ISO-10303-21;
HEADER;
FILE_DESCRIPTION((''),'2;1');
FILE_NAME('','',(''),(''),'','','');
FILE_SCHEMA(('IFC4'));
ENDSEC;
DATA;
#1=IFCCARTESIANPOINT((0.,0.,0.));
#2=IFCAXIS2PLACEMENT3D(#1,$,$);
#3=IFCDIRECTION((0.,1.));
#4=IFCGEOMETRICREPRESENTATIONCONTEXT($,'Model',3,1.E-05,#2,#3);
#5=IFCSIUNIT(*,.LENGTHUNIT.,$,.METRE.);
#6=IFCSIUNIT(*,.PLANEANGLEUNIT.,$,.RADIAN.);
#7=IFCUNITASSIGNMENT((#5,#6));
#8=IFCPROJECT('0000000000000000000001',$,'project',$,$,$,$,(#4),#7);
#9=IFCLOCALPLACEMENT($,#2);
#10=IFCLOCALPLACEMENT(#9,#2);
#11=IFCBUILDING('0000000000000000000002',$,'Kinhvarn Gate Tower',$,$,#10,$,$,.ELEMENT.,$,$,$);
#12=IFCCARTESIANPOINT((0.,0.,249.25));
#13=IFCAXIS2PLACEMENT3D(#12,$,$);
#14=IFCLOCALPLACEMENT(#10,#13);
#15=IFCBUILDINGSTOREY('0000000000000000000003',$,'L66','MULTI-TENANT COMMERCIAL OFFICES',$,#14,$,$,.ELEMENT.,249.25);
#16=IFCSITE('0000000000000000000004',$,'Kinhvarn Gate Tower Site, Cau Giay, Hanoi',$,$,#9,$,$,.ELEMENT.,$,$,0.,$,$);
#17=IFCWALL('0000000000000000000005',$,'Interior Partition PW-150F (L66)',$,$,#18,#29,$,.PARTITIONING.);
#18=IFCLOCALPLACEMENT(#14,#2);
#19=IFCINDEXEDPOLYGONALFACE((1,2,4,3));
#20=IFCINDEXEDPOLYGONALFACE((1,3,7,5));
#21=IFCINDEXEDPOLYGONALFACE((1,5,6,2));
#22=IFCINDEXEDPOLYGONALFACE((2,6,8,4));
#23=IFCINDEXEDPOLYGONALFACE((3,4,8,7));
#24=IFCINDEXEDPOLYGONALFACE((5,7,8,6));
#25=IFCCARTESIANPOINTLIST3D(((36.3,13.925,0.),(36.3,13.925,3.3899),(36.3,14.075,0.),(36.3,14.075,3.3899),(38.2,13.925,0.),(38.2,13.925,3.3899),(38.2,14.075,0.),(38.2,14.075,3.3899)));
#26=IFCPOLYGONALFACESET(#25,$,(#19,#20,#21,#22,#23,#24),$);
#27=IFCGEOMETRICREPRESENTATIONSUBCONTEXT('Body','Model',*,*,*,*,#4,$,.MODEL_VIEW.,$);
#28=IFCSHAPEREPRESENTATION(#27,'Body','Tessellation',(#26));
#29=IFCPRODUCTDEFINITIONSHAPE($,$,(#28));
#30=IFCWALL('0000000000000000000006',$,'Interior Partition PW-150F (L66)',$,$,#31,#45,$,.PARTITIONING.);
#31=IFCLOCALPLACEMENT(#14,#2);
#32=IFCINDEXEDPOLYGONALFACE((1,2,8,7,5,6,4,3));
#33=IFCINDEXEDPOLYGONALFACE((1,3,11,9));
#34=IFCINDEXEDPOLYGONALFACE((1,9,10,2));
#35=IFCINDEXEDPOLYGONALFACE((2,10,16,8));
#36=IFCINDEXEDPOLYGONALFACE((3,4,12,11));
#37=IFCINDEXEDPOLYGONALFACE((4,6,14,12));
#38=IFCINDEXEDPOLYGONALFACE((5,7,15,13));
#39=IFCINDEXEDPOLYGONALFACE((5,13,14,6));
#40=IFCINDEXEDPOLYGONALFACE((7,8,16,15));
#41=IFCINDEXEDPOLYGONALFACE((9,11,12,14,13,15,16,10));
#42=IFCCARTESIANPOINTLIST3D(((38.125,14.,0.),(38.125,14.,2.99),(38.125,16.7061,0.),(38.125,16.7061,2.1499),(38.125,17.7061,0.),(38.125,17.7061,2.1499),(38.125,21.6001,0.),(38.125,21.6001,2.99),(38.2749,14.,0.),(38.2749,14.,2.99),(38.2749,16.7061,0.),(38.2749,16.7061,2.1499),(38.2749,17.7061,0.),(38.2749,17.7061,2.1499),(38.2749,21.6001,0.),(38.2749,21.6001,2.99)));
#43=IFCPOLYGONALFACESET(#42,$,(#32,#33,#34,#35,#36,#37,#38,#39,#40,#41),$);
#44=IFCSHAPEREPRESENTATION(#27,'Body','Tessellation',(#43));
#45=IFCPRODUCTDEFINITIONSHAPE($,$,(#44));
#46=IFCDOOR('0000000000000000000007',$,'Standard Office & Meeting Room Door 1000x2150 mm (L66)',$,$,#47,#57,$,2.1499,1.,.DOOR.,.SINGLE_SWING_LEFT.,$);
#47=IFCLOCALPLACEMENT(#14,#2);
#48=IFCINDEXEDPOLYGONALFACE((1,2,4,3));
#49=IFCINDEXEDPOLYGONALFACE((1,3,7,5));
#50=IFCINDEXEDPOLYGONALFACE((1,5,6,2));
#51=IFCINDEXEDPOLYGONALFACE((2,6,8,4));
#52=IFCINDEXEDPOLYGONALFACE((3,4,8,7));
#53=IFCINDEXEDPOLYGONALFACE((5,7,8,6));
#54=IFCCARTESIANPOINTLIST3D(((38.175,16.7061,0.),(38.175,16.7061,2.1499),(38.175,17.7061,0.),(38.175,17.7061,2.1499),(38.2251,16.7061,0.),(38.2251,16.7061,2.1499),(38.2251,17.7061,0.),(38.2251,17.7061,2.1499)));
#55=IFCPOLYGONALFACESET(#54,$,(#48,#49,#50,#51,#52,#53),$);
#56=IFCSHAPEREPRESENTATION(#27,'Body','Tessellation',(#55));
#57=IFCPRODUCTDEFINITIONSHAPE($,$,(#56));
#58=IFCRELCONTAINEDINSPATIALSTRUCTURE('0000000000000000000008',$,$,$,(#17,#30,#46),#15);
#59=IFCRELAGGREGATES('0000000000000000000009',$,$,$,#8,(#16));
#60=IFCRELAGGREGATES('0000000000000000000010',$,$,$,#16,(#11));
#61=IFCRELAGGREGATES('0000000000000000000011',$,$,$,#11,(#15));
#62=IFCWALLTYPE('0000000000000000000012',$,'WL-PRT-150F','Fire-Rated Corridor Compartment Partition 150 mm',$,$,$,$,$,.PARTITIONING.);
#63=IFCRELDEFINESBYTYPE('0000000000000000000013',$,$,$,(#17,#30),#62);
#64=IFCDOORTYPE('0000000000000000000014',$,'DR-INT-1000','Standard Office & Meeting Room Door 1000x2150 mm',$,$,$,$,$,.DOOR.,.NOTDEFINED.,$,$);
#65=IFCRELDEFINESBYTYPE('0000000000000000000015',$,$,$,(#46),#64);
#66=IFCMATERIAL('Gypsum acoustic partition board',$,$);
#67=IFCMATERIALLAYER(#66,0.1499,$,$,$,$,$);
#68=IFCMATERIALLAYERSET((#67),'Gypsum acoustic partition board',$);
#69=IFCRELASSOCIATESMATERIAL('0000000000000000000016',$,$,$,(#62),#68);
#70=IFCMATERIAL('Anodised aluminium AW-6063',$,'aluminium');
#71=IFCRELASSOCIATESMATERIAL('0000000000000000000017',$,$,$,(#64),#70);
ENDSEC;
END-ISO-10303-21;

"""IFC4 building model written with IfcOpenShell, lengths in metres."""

from ifc_helpers import new_model, si_unit, direction, frame, frame_2d, origin, place, context, subcontext, project, spatial, rectangle, extrude, material, layer, layer_set, type_object, element, fill, save


model = new_model("IFC4")

# Units and contexts
model_context = context("Model", 3, precision=1e-05, world=origin(), true_north=direction((0.0, 1.0)))
body_context = subcontext(model_context, "Body", "Model", "MODEL_VIEW")
ifc_project = project(units=[si_unit("LENGTHUNIT", "METRE"), si_unit("PLANEANGLEUNIT", "RADIAN")], contexts=[model_context])

# Site, building, storey
site_placement = place(None, origin())
site = spatial("IfcSite", under=ifc_project, at=site_placement, Name="Kinhvarn Gate Tower Site, Cau Giay, Hanoi", CompositionType="ELEMENT", RefElevation=0.0)
building_placement = place(site_placement, origin())
building = spatial("IfcBuilding", under=site, at=building_placement, Name="Kinhvarn Gate Tower", CompositionType="ELEMENT")
storey_placement = place(building_placement, frame((0.0, 0.0, 249.25)))
storey = spatial("IfcBuildingStorey", under=building, at=storey_placement, Name="L66", Description="MULTI-TENANT COMMERCIAL OFFICES", CompositionType="ELEMENT", Elevation=249.25)

# Shared definitions
ifc_material_1 = material(Name="Anodised aluminium AW-6063", Category="aluminium")

# Shared definitions
ifc_material_2 = material(Name="Gypsum acoustic partition board")

# Shared definitions
ifc_layer_1 = layer(ifc_material_2, 0.1499)
ifc_layer_set_1 = layer_set([ifc_layer_1], Name="Gypsum acoustic partition board")
wall_type_1 = type_object("IfcWallType", Name="WL-PRT-150F", Description="Fire-Rated Corridor Compartment Partition 150 mm", PredefinedType="PARTITIONING", material=ifc_layer_set_1)
door_type_1 = type_object("IfcDoorType", Name="DR-INT-1000", Description="Standard Office & Meeting Room Door 1000x2150 mm", OperationType="NOTDEFINED", PredefinedType="DOOR", material=ifc_material_1)

# Wall
wall_1_placement = place(storey_placement, frame((36.3, 14.0, 0.0), z_axis=(0.0, 0.0, 1.0), x_axis=(1.0, 0.0, 0.0)))
element("IfcWall", 1, at=wall_1_placement, inside=storey, type_object=wall_type_1, Name="Interior Partition PW-150F (L66)", PredefinedType="PARTITIONING", context=body_context, shape_type="SweptSolid", body=[
    extrude(rectangle(XDim=1.8999, YDim=0.1499, at=frame_2d((0.95, 0.0))), origin(), (0.0, 0.0, 1.0), 3.3899),
])

# Wall, opening, door
wall_2_placement = place(storey_placement, frame((38.2, 14.0, 0.0), z_axis=(0.0, 0.0, 1.0), x_axis=(0.0, 1.0, 0.0)))
wall_2 = element("IfcWall", 2, at=wall_2_placement, inside=storey, type_object=wall_type_1, Name="Interior Partition PW-150F (L66)", PredefinedType="PARTITIONING", context=body_context, shape_type="SweptSolid", body=[
    extrude(rectangle(XDim=7.6001, YDim=0.1499, at=frame_2d((3.8, 0.0))), origin(), (0.0, 0.0, 1.0), 2.99),
])
opening_1_placement = place(wall_2_placement, frame((2.7061, 0.0, 0.0)))
opening_1 = element("IfcOpeningElement", 3, at=opening_1_placement, cuts=wall_2, PredefinedType="OPENING", context=body_context, shape_type="SweptSolid", body=[
    extrude(rectangle(XDim=1.0, YDim=2.1499, at=frame_2d((0.5, 1.075))), frame((0.0, 0.085, 0.0), z_axis=(0.0, -1.0, 0.0), x_axis=(1.0, 0.0, 0.0)), (0.0, 0.0, 1.0), 0.1699),
])
door_1_placement = place(opening_1_placement, origin())
door_1 = element("IfcDoor", 4, at=door_1_placement, inside=storey, type_object=door_type_1, Name="Standard Office & Meeting Room Door 1000x2150 mm (L66)", OperationType="SINGLE_SWING_LEFT", OverallHeight=2.1499, OverallWidth=1.0, PredefinedType="DOOR", context=body_context, shape_type="SweptSolid", body=[
    extrude(rectangle(XDim=1.0, YDim=2.1499, at=frame_2d((0.5, 1.075))), frame((0.0, 0.0249, 0.0), z_axis=(0.0, -1.0, 0.0), x_axis=(1.0, 0.0, 0.0)), (0.0, 0.0, 1.0), 0.05),
])
fill(opening_1, door_1)

save(model, "model.ifc")
